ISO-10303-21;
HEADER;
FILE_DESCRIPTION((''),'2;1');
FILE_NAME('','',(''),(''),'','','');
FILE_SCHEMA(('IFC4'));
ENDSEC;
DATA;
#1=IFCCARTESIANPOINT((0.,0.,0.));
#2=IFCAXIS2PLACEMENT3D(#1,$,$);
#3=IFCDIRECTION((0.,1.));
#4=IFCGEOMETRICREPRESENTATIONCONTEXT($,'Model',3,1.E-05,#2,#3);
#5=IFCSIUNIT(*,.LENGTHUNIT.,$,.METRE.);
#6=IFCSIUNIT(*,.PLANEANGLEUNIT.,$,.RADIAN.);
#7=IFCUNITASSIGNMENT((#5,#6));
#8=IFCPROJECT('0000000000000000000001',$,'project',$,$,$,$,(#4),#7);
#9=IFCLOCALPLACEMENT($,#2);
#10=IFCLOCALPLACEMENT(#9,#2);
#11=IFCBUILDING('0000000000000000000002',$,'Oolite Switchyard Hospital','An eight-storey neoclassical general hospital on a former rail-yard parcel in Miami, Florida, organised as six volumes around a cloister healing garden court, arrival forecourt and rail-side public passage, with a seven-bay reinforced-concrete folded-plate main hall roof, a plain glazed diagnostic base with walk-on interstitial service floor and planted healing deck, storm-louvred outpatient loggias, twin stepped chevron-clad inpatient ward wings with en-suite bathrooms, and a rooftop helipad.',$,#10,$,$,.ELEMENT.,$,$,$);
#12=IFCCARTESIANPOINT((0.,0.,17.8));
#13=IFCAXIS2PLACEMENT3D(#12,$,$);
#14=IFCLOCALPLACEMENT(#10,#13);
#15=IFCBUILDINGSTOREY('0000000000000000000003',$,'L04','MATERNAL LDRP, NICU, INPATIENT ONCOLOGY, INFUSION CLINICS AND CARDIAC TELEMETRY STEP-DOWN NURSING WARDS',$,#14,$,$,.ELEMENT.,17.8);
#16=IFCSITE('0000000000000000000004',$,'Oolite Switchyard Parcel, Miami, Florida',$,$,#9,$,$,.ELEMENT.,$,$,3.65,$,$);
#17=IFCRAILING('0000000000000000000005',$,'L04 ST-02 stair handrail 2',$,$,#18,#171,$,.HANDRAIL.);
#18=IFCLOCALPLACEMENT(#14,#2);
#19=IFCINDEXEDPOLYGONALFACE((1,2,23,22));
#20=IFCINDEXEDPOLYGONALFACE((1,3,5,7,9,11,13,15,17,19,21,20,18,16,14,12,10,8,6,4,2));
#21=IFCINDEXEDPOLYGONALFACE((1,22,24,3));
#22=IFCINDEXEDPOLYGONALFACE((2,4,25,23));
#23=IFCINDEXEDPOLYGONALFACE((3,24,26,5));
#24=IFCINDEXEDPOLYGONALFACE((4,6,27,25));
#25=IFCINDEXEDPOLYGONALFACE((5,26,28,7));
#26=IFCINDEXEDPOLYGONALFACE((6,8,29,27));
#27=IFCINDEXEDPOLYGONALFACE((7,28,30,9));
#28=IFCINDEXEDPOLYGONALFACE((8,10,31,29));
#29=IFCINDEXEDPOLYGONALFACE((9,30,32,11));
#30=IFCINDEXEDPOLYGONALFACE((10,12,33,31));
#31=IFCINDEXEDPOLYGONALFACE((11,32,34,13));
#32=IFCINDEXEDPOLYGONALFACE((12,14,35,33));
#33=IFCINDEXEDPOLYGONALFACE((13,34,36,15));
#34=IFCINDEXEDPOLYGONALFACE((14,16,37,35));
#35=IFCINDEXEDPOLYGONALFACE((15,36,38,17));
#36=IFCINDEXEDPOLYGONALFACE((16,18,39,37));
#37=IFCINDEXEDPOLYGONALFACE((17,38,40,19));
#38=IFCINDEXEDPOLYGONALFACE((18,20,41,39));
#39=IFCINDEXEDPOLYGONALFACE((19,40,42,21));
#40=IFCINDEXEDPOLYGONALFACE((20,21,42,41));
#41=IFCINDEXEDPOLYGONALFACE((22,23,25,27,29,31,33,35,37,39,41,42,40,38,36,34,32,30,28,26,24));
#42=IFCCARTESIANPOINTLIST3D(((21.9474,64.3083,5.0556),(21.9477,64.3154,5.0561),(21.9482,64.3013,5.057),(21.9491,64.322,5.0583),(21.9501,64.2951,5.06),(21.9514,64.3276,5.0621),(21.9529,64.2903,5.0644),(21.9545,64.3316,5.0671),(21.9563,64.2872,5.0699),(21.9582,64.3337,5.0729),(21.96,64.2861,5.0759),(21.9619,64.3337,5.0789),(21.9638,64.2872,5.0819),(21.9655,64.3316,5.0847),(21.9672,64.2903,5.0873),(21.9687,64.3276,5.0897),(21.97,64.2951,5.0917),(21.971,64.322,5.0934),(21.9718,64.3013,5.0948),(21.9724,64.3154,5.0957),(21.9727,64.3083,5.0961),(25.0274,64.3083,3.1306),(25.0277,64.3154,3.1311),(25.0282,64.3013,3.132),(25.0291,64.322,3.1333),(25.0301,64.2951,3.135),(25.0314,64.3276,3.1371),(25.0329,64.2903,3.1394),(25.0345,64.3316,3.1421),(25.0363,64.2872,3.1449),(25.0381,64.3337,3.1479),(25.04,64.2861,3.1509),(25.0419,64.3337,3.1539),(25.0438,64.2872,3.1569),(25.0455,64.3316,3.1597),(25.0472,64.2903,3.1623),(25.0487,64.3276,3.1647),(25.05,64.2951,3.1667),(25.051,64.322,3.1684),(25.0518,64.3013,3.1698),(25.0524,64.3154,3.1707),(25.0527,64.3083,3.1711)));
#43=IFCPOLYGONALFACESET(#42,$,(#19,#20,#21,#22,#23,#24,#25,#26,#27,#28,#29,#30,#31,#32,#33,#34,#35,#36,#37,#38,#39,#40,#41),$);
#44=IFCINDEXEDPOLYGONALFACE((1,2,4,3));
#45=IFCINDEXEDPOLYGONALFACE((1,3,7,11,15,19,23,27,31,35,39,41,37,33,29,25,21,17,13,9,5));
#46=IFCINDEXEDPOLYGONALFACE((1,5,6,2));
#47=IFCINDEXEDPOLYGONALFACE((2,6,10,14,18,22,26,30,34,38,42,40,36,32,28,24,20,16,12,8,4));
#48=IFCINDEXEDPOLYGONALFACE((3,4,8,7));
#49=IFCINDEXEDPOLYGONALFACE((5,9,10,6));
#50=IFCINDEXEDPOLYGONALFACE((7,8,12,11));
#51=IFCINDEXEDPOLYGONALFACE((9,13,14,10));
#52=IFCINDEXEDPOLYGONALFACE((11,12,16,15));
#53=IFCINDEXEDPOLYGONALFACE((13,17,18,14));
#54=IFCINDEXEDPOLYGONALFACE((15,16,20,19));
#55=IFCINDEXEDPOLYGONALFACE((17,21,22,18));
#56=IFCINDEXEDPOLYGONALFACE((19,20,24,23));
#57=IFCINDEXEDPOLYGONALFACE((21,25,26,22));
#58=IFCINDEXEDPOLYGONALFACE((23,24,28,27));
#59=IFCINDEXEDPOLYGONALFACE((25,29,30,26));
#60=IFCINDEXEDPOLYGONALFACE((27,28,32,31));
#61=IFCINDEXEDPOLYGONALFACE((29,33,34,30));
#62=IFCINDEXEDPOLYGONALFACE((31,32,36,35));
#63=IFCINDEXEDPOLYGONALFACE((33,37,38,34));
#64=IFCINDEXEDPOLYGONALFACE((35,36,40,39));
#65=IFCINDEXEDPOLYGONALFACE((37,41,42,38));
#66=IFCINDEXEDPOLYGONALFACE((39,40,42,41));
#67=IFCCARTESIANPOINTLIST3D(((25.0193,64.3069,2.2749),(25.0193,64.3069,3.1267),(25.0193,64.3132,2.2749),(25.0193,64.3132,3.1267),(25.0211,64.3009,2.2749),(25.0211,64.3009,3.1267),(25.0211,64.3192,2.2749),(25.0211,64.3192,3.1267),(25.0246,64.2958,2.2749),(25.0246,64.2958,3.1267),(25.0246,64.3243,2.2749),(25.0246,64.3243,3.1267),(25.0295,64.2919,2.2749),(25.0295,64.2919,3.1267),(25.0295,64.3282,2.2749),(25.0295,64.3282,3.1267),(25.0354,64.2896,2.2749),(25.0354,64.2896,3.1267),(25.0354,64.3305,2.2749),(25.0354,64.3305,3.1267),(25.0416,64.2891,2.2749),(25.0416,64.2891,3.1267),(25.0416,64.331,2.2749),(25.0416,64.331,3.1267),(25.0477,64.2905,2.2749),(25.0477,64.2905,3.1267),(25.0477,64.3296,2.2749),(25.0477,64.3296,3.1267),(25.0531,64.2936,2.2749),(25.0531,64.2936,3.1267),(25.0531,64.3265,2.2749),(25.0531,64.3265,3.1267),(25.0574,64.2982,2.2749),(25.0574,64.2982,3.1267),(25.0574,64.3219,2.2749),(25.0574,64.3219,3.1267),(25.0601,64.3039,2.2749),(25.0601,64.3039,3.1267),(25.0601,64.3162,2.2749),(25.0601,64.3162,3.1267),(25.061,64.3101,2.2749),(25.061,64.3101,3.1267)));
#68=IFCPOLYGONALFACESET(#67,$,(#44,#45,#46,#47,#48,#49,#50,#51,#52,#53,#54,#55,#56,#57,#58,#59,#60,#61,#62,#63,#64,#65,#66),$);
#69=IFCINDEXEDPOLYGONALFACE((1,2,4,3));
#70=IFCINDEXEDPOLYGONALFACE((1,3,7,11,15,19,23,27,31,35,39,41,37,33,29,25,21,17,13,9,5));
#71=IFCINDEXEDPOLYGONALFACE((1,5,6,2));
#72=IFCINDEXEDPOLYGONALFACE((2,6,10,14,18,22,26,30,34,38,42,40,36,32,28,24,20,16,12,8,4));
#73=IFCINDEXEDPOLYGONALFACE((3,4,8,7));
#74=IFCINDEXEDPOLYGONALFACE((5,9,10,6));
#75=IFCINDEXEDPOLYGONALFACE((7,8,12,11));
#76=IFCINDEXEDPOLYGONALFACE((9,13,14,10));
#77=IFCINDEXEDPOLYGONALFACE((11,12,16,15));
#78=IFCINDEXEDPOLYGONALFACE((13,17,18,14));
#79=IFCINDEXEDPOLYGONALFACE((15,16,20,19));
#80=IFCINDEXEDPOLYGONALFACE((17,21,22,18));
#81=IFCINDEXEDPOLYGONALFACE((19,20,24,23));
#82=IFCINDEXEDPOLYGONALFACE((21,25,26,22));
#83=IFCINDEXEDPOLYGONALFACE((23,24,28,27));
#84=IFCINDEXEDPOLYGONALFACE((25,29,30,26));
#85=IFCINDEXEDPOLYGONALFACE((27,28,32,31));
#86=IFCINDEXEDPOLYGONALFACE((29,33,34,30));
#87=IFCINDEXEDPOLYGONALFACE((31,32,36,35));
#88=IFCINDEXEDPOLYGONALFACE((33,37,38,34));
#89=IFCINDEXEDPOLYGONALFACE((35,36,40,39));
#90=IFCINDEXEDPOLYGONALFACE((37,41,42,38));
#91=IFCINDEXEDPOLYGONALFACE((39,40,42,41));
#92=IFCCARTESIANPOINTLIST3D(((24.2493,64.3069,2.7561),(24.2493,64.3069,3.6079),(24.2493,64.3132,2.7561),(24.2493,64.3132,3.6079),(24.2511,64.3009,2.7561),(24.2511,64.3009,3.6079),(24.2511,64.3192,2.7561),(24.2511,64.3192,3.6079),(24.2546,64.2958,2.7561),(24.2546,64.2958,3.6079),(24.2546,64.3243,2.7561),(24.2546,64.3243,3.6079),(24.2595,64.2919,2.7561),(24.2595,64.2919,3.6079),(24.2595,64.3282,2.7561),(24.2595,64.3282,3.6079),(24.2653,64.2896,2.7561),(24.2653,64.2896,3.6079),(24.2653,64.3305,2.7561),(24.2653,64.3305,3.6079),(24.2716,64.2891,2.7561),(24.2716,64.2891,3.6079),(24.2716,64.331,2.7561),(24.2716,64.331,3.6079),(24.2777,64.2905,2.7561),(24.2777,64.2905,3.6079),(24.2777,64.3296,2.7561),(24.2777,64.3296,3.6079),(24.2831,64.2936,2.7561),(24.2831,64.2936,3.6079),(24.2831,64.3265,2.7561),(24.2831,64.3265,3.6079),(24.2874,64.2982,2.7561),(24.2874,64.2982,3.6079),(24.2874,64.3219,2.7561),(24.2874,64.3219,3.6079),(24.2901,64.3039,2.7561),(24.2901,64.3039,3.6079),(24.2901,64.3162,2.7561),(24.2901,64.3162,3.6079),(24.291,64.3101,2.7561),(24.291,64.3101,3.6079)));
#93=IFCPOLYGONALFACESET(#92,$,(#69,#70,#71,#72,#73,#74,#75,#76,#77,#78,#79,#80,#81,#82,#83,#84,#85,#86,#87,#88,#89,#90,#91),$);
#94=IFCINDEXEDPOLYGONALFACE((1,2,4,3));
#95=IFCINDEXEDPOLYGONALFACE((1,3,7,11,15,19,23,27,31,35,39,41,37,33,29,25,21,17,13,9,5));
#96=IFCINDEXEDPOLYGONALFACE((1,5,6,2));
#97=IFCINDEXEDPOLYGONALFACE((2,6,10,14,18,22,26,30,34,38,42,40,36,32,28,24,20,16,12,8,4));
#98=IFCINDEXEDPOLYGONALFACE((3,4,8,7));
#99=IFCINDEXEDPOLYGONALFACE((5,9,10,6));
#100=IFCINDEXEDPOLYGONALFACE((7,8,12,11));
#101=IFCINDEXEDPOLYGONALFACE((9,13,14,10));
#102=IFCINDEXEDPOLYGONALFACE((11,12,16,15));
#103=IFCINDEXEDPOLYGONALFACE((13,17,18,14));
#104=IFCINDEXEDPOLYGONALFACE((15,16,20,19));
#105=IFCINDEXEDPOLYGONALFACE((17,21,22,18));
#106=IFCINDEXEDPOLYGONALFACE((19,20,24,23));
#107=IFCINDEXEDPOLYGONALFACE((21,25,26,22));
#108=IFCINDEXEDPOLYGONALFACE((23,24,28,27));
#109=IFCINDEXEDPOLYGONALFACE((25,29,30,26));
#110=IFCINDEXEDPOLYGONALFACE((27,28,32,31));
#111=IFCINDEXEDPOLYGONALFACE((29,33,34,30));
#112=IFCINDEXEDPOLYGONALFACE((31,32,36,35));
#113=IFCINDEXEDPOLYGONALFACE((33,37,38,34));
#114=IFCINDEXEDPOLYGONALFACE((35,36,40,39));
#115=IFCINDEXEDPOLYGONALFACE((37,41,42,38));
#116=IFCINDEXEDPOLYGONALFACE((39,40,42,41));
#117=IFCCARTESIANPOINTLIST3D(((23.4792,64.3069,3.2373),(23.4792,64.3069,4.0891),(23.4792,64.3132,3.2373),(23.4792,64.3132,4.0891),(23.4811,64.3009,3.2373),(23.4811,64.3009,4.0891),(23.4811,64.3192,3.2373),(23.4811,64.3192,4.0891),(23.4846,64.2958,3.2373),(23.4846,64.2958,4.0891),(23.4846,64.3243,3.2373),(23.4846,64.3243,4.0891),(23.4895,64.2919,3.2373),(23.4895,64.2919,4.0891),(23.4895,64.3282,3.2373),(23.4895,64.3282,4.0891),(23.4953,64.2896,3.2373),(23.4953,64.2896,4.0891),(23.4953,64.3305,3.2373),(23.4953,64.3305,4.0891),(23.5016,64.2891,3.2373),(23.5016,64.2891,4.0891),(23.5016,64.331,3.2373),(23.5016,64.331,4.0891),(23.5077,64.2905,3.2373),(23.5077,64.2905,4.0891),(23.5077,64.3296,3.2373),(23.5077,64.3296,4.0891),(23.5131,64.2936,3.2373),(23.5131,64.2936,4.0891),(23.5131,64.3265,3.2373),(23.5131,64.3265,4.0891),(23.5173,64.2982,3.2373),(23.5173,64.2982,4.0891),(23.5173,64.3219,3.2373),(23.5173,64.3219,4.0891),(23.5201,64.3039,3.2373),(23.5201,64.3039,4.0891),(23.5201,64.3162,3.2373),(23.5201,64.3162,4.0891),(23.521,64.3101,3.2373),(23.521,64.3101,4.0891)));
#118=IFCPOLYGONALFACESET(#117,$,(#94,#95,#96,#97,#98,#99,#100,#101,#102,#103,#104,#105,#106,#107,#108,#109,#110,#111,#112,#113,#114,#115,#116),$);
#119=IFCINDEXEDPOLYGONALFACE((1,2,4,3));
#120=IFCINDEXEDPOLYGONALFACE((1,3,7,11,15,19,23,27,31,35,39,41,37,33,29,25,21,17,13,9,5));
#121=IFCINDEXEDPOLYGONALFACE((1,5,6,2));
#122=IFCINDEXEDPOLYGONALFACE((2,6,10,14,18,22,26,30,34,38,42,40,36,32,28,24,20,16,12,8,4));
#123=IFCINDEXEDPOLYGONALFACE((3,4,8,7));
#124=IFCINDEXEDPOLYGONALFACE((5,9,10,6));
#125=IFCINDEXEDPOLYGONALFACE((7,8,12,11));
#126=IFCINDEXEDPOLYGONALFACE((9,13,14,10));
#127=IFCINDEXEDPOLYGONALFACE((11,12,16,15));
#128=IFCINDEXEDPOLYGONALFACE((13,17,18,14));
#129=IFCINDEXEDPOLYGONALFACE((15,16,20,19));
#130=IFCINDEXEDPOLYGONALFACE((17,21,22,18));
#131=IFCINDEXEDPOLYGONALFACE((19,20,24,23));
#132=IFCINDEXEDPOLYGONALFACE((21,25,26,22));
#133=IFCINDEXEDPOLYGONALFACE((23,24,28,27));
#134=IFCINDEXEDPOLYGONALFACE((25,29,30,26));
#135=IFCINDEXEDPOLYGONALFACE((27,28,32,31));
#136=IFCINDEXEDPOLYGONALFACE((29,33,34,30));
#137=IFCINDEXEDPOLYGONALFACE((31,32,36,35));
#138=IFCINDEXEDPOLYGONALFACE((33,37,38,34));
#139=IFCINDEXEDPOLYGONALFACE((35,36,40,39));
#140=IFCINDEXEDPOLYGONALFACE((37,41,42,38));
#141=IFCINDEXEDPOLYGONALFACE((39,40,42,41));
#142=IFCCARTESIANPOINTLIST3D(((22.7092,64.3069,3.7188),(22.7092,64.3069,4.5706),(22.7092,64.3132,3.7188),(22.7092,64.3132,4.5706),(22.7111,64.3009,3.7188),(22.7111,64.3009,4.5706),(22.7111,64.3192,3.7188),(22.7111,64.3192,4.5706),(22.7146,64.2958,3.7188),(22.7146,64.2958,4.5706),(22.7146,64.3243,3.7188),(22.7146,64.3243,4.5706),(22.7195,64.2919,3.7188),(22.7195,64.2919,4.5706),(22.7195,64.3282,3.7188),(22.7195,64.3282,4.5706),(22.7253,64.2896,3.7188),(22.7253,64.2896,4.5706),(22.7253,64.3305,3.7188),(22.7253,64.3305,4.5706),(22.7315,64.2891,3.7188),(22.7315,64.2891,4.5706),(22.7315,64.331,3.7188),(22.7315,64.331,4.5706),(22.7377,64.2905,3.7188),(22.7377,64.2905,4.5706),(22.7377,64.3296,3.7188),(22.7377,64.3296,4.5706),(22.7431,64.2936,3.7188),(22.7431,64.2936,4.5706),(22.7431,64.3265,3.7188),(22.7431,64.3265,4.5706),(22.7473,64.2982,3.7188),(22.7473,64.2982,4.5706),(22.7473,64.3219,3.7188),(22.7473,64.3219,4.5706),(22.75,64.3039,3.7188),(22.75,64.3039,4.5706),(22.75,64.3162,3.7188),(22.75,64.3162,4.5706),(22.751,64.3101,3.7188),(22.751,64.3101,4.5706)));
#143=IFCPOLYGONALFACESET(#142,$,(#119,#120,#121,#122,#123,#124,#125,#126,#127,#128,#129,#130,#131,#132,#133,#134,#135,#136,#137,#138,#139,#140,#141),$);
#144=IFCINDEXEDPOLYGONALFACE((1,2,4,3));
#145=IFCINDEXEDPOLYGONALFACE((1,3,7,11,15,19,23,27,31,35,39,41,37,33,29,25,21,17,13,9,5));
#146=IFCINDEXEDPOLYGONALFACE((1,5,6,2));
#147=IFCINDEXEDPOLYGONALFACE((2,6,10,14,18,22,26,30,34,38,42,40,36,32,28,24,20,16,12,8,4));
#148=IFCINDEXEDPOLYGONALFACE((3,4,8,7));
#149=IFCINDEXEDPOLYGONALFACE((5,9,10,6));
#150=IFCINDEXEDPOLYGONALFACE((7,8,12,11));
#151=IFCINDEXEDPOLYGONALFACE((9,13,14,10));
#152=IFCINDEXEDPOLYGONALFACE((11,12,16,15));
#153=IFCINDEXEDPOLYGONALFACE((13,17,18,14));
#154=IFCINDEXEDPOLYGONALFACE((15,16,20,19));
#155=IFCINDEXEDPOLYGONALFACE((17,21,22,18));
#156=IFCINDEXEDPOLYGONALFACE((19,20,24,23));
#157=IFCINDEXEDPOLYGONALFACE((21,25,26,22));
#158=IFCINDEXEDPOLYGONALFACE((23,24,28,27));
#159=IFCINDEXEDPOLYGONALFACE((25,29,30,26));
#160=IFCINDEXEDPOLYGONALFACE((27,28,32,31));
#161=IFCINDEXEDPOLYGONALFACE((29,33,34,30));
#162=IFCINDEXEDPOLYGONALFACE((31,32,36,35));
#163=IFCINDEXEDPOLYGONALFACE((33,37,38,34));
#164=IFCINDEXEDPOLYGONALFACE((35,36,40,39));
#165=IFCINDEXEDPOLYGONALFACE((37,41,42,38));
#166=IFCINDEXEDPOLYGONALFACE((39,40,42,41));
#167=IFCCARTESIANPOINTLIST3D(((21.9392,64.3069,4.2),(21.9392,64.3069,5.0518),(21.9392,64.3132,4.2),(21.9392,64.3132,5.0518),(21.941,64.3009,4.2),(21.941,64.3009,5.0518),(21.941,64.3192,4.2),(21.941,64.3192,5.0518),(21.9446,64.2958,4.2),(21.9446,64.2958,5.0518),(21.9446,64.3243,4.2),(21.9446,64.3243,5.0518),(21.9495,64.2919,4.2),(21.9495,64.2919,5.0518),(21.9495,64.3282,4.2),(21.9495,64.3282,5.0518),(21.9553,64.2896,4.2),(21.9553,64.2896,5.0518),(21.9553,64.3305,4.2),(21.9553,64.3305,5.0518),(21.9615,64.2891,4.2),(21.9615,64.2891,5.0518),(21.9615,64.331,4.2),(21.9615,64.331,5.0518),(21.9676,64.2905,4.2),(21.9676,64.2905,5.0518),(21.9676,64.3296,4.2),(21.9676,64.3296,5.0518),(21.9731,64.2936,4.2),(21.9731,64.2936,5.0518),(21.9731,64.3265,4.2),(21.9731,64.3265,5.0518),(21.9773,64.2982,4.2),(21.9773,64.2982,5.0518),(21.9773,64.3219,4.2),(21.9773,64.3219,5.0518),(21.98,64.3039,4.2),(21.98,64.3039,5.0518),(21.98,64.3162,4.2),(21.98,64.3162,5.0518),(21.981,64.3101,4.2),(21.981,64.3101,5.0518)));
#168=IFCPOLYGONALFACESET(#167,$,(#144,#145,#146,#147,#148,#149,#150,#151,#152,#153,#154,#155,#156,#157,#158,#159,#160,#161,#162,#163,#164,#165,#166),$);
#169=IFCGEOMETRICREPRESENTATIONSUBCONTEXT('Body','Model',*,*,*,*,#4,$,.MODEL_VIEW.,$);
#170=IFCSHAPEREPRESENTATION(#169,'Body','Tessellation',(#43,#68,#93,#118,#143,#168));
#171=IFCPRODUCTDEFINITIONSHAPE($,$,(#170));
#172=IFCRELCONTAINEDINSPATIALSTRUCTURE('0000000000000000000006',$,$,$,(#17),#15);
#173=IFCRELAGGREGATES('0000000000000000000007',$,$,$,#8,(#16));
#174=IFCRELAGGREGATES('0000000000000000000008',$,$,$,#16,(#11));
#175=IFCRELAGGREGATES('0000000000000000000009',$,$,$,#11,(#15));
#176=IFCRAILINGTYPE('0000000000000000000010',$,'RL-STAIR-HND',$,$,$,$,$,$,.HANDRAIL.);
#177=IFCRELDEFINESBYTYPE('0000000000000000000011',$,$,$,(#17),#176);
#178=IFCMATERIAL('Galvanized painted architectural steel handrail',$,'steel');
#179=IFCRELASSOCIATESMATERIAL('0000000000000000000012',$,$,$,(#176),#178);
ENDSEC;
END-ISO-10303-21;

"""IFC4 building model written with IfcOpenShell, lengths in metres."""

from ifc_helpers import new_model, si_unit, direction, frame, origin, origin_2d, place, context, subcontext, project, spatial, circle, extrude, material, type_object, element, save


model = new_model("IFC4")

# Units and contexts
model_context = context("Model", 3, precision=1e-05, world=origin(), true_north=direction((0.0, 1.0)))
body_context = subcontext(model_context, "Body", "Model", "MODEL_VIEW")
ifc_project = project(units=[si_unit("LENGTHUNIT", "METRE"), si_unit("PLANEANGLEUNIT", "RADIAN")], contexts=[model_context])

# Site, building, storey
site_placement = place(None, origin())
site = spatial("IfcSite", under=ifc_project, at=site_placement, Name="Oolite Switchyard Parcel, Miami, Florida", CompositionType="ELEMENT", RefElevation=3.65)
building_placement = place(site_placement, origin())
building = spatial("IfcBuilding", under=site, at=building_placement, Name="Oolite Switchyard Hospital", Description="An eight-storey neoclassical general hospital on a former rail-yard parcel in Miami, Florida, organised as six volumes around a cloister healing garden court, arrival forecourt and rail-side public passage, with a seven-bay reinforced-concrete folded-plate main hall roof, a plain glazed diagnostic base with walk-on interstitial service floor and planted healing deck, storm-louvred outpatient loggias, twin stepped chevron-clad inpatient ward wings with en-suite bathrooms, and a rooftop helipad.", CompositionType="ELEMENT")
storey_placement = place(building_placement, frame((0.0, 0.0, 17.8)))
storey = spatial("IfcBuildingStorey", under=building, at=storey_placement, Name="L04", Description="MATERNAL LDRP, NICU, INPATIENT ONCOLOGY, INFUSION CLINICS AND CARDIAC TELEMETRY STEP-DOWN NURSING WARDS", CompositionType="ELEMENT", Elevation=17.8)

# Railing
ifc_material_1 = material(Name="Galvanized painted architectural steel handrail", Category="steel")
railing_type = type_object("IfcRailingType", Name="RL-STAIR-HND", PredefinedType="HANDRAIL", material=ifc_material_1)
railing_placement = place(storey_placement, frame((25.04, 64.3101, 2.2749)))
element("IfcRailing", 1, at=railing_placement, inside=storey, type_object=railing_type, Name="L04 ST-02 stair handrail 2", PredefinedType="HANDRAIL", context=body_context, shape_type="SweptSolid", body=[
    extrude(circle(Radius=0.0239, at=origin_2d()), frame((0.0, 0.0, 0.876), z_axis=(-0.847998, 0.0, 0.529999), x_axis=(0.0, -1.0, 0.0)), (0.0, 0.0, 1.0), 3.6321),
    extrude(circle(Radius=0.021, at=origin_2d()), origin(), (0.0, 0.0, 1.0), 0.8518),
    extrude(circle(Radius=0.021, at=origin_2d()), frame((-0.77, 0.0, 0.4812)), (0.0, 0.0, 1.0), 0.8518),
    extrude(circle(Radius=0.021, at=origin_2d()), frame((-1.54, 0.0, 0.9624)), (0.0, 0.0, 1.0), 0.8518),
    extrude(circle(Radius=0.021, at=origin_2d()), frame((-2.3101, 0.0, 1.4438)), (0.0, 0.0, 1.0), 0.8518),
    extrude(circle(Radius=0.021, at=origin_2d()), frame((-3.0801, 0.0, 1.925)), (0.0, 0.0, 1.0), 0.8518),
])

save(model, "model.ifc")
